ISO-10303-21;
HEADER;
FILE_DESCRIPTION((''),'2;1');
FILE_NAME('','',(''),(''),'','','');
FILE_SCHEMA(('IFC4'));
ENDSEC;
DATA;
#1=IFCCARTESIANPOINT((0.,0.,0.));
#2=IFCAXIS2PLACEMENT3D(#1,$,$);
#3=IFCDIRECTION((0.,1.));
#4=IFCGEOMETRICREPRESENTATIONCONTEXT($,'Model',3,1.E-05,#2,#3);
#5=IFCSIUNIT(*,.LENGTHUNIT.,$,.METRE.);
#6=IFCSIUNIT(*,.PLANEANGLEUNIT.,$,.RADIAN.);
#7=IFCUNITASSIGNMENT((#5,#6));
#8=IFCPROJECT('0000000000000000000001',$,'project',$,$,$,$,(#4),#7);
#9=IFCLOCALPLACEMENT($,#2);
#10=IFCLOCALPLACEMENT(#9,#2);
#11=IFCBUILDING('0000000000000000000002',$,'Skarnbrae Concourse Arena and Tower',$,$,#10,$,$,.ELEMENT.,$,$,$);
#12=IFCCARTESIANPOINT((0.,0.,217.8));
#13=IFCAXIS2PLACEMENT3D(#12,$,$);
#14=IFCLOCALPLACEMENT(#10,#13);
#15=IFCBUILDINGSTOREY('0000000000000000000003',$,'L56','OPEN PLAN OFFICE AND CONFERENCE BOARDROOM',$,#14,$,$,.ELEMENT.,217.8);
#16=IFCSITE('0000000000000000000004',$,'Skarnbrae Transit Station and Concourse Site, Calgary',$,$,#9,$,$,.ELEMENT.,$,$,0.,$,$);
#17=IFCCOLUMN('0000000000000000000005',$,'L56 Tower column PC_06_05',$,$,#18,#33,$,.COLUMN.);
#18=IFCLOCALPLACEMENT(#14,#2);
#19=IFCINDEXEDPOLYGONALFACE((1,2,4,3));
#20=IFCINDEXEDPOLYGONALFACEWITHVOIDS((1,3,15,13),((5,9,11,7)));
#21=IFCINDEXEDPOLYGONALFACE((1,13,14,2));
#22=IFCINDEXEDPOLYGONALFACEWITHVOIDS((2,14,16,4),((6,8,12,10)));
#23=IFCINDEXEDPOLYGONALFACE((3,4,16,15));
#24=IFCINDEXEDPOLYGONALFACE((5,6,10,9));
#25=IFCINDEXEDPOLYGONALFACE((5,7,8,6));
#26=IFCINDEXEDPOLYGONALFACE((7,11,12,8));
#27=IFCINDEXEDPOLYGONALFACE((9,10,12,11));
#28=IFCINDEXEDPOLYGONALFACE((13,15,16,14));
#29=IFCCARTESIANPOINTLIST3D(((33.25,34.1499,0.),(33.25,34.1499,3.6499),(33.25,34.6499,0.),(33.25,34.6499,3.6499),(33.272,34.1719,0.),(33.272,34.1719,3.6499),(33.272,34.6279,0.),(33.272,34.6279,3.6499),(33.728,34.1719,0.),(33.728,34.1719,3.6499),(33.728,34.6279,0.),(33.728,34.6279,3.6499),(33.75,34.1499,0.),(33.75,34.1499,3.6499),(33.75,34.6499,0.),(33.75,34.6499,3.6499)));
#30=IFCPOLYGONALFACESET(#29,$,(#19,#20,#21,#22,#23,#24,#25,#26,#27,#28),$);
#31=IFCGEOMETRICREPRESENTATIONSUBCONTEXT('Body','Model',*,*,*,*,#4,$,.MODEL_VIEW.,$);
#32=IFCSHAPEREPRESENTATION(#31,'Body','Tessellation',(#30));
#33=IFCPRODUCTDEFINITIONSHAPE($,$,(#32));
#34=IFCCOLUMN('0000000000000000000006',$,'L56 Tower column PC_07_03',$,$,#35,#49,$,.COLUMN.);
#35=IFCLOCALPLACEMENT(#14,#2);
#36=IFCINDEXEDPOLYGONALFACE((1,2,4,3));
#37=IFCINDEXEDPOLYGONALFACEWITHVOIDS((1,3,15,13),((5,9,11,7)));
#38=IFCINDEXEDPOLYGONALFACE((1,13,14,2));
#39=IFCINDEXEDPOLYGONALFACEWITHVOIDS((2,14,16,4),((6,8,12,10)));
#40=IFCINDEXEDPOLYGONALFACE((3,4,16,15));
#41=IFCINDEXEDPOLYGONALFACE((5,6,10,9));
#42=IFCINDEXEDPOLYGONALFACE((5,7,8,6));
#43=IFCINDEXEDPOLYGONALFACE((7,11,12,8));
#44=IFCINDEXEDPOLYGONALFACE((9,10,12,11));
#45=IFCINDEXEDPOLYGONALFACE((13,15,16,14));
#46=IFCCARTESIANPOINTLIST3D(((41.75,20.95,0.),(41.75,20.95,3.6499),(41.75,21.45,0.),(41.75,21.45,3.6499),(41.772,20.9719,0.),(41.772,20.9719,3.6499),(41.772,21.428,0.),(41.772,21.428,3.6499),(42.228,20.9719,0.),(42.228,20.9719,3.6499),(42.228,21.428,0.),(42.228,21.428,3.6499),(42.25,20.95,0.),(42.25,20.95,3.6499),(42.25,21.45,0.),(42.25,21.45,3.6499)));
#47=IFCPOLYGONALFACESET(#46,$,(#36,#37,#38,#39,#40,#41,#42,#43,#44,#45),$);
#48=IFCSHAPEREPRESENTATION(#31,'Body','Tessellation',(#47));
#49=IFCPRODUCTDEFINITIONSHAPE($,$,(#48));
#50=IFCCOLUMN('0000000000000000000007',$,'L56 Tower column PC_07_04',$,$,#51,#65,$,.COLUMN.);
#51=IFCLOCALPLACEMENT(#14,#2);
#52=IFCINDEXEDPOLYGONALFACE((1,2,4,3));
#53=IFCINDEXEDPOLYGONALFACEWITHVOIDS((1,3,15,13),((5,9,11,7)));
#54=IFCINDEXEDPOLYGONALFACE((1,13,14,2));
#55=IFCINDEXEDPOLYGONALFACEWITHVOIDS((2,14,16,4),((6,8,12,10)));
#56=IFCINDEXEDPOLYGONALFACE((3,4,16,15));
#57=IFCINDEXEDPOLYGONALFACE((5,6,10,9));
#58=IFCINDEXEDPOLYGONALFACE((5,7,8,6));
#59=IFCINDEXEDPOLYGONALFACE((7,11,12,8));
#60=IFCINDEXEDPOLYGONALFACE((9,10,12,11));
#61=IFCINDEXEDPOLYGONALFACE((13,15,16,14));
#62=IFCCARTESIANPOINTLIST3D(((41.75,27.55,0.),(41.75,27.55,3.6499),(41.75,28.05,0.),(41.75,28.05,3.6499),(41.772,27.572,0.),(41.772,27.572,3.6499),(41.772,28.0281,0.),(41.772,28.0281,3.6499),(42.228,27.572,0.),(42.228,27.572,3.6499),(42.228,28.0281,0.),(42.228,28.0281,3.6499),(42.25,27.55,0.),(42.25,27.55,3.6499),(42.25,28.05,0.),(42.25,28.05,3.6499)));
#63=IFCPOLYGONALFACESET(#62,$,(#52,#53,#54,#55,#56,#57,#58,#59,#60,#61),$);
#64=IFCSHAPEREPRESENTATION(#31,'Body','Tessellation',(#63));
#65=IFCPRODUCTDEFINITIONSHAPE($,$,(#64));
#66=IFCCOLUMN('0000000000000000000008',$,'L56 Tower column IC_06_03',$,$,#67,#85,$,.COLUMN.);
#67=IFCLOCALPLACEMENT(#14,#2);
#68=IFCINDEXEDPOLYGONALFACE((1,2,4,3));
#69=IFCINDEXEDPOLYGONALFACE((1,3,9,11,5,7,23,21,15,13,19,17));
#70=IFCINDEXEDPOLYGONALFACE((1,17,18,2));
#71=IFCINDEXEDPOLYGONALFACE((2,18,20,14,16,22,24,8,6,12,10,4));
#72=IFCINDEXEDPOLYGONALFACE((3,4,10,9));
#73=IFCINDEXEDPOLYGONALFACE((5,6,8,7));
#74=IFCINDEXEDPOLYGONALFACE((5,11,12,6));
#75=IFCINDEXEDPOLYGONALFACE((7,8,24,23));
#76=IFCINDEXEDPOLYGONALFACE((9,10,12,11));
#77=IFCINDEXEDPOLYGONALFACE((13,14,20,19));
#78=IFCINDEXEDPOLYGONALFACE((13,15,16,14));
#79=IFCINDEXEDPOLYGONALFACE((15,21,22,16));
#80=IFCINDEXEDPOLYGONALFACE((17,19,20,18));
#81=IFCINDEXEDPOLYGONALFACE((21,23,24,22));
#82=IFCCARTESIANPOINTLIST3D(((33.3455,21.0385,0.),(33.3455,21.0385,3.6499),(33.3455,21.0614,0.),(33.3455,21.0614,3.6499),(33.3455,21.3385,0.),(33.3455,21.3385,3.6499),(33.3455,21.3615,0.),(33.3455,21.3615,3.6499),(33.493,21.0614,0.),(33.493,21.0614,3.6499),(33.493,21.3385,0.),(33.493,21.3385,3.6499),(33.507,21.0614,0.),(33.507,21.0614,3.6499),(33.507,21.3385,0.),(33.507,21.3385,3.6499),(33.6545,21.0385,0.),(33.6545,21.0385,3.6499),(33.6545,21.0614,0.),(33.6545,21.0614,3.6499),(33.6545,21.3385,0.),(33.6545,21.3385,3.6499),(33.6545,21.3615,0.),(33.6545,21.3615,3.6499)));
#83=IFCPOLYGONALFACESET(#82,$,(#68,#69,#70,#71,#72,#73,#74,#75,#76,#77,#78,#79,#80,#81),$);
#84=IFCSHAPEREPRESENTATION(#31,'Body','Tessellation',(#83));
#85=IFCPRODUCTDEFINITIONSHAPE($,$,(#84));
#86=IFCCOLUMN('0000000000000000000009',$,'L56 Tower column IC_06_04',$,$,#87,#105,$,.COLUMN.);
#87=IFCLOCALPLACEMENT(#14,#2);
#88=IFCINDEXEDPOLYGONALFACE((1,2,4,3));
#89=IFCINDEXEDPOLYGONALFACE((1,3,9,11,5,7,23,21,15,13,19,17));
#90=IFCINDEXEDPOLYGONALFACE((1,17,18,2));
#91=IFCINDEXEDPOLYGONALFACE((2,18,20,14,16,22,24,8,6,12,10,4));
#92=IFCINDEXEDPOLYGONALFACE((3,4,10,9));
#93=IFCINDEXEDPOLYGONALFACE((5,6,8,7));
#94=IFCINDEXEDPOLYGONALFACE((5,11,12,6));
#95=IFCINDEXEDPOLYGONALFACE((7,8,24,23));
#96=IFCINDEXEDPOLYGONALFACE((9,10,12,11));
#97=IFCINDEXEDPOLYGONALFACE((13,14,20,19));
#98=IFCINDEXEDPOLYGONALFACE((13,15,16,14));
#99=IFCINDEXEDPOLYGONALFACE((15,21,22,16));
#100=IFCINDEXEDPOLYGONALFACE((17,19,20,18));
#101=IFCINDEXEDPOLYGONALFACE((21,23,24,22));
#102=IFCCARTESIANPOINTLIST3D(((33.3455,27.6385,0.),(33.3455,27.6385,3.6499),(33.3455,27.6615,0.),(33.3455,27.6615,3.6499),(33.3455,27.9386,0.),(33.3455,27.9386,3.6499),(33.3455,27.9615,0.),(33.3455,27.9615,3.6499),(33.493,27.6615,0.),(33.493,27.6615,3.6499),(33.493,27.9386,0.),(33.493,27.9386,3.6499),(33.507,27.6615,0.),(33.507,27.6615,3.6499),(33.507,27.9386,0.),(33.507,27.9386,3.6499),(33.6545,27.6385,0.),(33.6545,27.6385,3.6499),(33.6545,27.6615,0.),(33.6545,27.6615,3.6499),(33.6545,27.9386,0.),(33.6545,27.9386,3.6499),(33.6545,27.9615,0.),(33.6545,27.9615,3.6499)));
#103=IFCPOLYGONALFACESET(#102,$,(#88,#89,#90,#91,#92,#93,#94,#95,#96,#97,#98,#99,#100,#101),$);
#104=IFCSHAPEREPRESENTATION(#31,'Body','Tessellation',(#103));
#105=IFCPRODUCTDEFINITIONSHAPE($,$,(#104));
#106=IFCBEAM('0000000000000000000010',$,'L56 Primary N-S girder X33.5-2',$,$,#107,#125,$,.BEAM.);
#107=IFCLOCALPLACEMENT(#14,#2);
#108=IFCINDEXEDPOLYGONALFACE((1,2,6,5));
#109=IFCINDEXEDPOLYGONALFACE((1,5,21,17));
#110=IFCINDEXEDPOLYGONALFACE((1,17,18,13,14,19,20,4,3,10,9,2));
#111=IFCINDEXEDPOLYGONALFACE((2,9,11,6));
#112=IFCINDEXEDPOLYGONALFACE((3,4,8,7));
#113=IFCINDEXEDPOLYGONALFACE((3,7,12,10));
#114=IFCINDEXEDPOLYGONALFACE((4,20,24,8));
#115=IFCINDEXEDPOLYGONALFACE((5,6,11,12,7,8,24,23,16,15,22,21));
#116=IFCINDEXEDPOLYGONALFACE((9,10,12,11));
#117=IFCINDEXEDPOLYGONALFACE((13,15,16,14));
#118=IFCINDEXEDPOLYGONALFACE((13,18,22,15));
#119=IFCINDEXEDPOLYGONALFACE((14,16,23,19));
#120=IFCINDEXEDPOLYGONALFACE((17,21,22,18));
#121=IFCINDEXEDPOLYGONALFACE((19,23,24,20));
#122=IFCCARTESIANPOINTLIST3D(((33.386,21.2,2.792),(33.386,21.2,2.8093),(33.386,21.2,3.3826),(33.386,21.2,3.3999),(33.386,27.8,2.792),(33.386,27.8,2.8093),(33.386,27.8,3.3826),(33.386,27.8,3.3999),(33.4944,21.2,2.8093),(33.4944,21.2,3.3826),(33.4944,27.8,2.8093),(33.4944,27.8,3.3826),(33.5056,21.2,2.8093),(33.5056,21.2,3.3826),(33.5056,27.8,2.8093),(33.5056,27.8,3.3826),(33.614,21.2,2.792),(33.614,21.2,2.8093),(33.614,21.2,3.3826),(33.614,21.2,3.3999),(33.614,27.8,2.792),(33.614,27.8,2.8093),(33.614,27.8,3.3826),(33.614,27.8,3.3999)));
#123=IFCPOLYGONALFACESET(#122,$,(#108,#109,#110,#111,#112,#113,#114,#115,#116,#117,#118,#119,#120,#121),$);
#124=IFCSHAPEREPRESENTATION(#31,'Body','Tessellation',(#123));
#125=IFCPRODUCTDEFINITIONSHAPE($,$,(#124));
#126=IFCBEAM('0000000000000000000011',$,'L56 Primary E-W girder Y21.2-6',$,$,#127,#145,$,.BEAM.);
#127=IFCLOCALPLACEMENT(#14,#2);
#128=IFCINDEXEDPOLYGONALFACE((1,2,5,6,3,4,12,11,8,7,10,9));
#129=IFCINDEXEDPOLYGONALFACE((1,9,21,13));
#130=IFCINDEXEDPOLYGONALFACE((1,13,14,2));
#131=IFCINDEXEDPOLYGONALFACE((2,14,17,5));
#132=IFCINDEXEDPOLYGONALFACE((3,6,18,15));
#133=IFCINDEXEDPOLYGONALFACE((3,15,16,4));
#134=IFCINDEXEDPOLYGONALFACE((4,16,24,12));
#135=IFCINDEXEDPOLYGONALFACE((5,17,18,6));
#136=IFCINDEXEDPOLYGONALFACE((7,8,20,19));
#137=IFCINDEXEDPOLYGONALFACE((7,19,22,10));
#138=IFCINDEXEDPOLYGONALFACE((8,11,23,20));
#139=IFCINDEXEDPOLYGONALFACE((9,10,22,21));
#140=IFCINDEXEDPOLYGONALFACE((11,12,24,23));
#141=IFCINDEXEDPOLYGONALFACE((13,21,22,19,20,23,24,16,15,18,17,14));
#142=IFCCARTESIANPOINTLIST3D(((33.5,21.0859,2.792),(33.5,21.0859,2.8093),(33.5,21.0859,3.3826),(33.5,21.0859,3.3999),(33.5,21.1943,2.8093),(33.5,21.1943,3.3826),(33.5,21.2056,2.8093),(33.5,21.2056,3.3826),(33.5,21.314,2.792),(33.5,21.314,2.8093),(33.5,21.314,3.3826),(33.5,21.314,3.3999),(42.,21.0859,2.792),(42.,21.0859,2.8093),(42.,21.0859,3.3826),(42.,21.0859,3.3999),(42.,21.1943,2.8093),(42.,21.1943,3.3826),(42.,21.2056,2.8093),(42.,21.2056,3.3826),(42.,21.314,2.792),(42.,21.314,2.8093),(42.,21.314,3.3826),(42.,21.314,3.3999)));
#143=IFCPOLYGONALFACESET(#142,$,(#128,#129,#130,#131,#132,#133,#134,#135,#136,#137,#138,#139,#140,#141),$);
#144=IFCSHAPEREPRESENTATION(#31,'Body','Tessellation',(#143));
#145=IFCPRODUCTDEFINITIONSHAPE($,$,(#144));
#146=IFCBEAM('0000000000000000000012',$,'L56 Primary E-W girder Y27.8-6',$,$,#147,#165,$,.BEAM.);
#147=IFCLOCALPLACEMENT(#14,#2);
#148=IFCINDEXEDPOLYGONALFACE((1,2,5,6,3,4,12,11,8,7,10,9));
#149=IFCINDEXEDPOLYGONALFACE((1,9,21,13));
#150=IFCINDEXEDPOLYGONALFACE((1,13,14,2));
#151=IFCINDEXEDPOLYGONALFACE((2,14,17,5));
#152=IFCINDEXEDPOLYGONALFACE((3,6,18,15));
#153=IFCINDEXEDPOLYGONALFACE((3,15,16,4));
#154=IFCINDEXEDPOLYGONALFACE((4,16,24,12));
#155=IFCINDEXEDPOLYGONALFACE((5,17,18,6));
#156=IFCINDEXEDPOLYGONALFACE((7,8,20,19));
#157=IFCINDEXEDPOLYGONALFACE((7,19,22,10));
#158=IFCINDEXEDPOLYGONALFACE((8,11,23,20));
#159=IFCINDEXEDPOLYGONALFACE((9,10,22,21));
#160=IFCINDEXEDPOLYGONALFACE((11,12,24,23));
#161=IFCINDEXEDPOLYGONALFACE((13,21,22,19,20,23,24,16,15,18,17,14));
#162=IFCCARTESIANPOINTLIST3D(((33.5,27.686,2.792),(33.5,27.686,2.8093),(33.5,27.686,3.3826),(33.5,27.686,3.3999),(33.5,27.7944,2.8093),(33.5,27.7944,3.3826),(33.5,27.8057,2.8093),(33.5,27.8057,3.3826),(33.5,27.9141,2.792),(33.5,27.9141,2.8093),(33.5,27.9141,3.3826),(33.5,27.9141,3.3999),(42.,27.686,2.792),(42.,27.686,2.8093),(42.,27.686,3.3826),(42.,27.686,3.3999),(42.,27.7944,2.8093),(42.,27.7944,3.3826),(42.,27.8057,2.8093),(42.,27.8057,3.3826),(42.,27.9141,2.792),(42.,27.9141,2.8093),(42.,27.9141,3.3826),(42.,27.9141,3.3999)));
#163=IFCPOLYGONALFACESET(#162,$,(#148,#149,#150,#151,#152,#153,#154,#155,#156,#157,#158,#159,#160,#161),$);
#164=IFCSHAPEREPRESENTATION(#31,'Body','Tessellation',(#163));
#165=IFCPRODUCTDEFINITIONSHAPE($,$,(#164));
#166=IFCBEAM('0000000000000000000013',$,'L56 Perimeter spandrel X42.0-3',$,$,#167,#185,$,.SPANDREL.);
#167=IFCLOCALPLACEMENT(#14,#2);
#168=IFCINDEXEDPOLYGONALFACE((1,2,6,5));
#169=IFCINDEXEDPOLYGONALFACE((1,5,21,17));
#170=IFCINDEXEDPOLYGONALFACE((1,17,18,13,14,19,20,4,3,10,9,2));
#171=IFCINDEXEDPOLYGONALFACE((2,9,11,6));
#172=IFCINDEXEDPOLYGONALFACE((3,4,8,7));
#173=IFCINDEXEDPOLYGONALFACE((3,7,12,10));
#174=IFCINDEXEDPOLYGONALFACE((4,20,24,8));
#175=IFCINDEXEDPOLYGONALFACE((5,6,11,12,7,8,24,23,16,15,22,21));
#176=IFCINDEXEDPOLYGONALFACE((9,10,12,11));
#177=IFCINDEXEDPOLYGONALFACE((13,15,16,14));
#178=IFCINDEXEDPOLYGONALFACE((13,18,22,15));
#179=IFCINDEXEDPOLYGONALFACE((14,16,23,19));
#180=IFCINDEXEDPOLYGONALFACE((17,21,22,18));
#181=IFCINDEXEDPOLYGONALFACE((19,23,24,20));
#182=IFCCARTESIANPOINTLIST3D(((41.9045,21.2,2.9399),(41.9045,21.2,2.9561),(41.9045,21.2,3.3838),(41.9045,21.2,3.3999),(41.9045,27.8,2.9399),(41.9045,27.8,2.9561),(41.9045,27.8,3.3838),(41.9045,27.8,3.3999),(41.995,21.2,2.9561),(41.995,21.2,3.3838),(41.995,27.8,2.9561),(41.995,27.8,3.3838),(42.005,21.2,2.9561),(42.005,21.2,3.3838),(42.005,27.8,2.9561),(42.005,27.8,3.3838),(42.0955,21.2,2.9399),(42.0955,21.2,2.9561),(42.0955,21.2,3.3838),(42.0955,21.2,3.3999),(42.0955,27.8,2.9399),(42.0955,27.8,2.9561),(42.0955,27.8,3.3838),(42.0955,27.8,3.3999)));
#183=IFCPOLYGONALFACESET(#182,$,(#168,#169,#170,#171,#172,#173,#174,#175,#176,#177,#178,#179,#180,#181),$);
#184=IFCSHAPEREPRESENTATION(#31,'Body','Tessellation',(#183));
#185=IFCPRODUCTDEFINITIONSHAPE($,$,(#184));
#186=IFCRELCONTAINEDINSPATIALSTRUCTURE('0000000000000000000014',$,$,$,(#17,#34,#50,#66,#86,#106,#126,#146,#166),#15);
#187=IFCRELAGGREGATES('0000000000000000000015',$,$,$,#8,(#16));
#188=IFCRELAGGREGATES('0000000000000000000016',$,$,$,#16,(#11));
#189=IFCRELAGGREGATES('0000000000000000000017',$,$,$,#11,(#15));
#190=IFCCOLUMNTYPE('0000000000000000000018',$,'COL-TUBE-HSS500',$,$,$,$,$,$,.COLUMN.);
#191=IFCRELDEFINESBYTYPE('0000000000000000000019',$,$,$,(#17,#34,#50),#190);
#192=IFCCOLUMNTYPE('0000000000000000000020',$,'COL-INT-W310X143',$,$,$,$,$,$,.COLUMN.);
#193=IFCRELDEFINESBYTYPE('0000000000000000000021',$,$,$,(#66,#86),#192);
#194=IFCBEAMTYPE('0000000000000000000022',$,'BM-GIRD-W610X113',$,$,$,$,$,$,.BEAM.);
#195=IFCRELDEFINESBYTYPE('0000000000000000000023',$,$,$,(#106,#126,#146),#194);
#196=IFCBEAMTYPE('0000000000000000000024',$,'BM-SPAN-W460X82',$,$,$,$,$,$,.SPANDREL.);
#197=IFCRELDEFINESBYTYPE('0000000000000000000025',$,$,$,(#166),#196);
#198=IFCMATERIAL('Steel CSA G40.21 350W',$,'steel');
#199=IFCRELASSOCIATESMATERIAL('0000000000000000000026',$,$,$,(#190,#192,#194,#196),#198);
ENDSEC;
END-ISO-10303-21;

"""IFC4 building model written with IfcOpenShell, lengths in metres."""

from ifc_helpers import new_model, si_unit, direction, frame, origin, origin_2d, place, context, subcontext, project, spatial, hollow_rectangle, i_section, extrude, source, transform, mapped, material, material_profile, profile_set, type_object, element, save


model = new_model("IFC4")

# Units and contexts
model_context = context("Model", 3, precision=1e-05, world=origin(), true_north=direction((0.0, 1.0)))
body_context = subcontext(model_context, "Body", "Model", "MODEL_VIEW")
ifc_project = project(units=[si_unit("LENGTHUNIT", "METRE"), si_unit("PLANEANGLEUNIT", "RADIAN")], contexts=[model_context])

# Site, building, storey
site_placement = place(None, origin())
site = spatial("IfcSite", under=ifc_project, at=site_placement, Name="Skarnbrae Transit Station and Concourse Site, Calgary", CompositionType="ELEMENT", RefElevation=0.0)
building_placement = place(site_placement, origin())
building = spatial("IfcBuilding", under=site, at=building_placement, Name="Skarnbrae Concourse Arena and Tower", CompositionType="ELEMENT")
storey_placement = place(building_placement, frame((0.0, 0.0, 217.8)))
storey = spatial("IfcBuildingStorey", under=building, at=storey_placement, Name="L56", Description="OPEN PLAN OFFICE AND CONFERENCE BOARDROOM", CompositionType="ELEMENT", Elevation=217.8)

# Columns
ifc_material_1 = material(Name="Steel CSA G40.21 350W", Category="steel")
ifc_material_profile_1 = material_profile(ifc_material_1, hollow_rectangle(XDim=0.5, YDim=0.5, WallThickness=0.022, at=origin_2d()), Name="HSS500X500X22.0")
ifc_profile_set_1 = profile_set([ifc_material_profile_1], Name="Steel CSA G40.21 350W")
column_type_1 = type_object("IfcColumnType", Name="COL-TUBE-HSS500", PredefinedType="COLUMN", material=ifc_profile_set_1)
shared_shape_1 = source(origin(), body_context, "Body", "SweptSolid", [
    extrude(hollow_rectangle(XDim=0.5, YDim=0.5, WallThickness=0.022, at=origin_2d()), origin(), (0.0, 0.0, 1.0), 3.6499),
])
for number, where, z_axis, x_axis, name in (
    (1, (33.5, 34.3999, 0.0), (0.0, 0.0, 1.0), (1.0, 0.0, 0.0), "L56 Tower column PC_06_05"),
    (2, (42.0, 21.2, 0.0), (0.0, 0.0, 1.0), (1.0, 0.0, 0.0), "L56 Tower column PC_07_03"),
    (3, (42.0, 27.8, 0.0), (0.0, 0.0, 1.0), (1.0, 0.0, 0.0), "L56 Tower column PC_07_04"),
):
    element("IfcColumn", number, at=place(storey_placement, frame(where, z_axis=z_axis, x_axis=x_axis)), inside=storey, type_object=column_type_1, Name=name, PredefinedType="COLUMN", context=body_context, shape_type="MappedRepresentation", body=[
        mapped(shared_shape_1, transform((0.0, 0.0, 0.0))),
    ])
ifc_material_profile_2 = material_profile(ifc_material_1, i_section(OverallWidth=0.3091, OverallDepth=0.323, WebThickness=0.0139, FlangeThickness=0.0229, at=origin_2d()), Name="W310X143")
ifc_profile_set_2 = profile_set([ifc_material_profile_2], Name="Steel CSA G40.21 350W")
column_type_2 = type_object("IfcColumnType", Name="COL-INT-W310X143", PredefinedType="COLUMN", material=ifc_profile_set_2)
shared_shape_2 = source(origin(), body_context, "Body", "SweptSolid", [
    extrude(i_section(OverallWidth=0.3091, OverallDepth=0.323, WebThickness=0.0139, FlangeThickness=0.0229, at=origin_2d()), origin(), (0.0, 0.0, 1.0), 3.6499),
])
for number, where, z_axis, x_axis, name in (
    (4, (33.5, 21.2, 0.0), (0.0, 0.0, 1.0), (1.0, 0.0, 0.0), "L56 Tower column IC_06_03"),
    (5, (33.5, 27.8, 0.0), (0.0, 0.0, 1.0), (1.0, 0.0, 0.0), "L56 Tower column IC_06_04"),
):
    element("IfcColumn", number, at=place(storey_placement, frame(where, z_axis=z_axis, x_axis=x_axis)), inside=storey, type_object=column_type_2, Name=name, PredefinedType="COLUMN", context=body_context, shape_type="MappedRepresentation", body=[
        mapped(shared_shape_2, transform((0.0, 0.0, 0.0))),
    ])

# Beams
ifc_material_profile_3 = material_profile(ifc_material_1, i_section(OverallWidth=0.228, OverallDepth=0.6079, WebThickness=0.0112, FlangeThickness=0.0173, at=origin_2d()), Name="W610X113")
ifc_profile_set_3 = profile_set([ifc_material_profile_3], Name="Steel CSA G40.21 350W")
beam_type_1 = type_object("IfcBeamType", Name="BM-GIRD-W610X113", PredefinedType="BEAM", material=ifc_profile_set_3)
shared_shape_3 = source(origin(), body_context, "Body", "SweptSolid", [
    extrude(i_section(OverallWidth=0.228, OverallDepth=0.6079, WebThickness=0.0112, FlangeThickness=0.0173, at=origin_2d()), origin(), (0.0, 0.0, 1.0), 6.6001),
])
beam_1_placement = place(storey_placement, frame((33.5, 21.2, 3.0959), z_axis=(0.0, 1.0, 0.0), x_axis=(-1.0, 0.0, 0.0)))
element("IfcBeam", 6, at=beam_1_placement, inside=storey, type_object=beam_type_1, Name="L56 Primary N-S girder X33.5-2", PredefinedType="BEAM", context=body_context, shape_type="MappedRepresentation", body=[
    mapped(shared_shape_3, transform((0.0, 0.0, 0.0))),
])
shared_shape_4 = source(origin(), body_context, "Body", "SweptSolid", [
    extrude(i_section(OverallWidth=0.228, OverallDepth=0.6079, WebThickness=0.0112, FlangeThickness=0.0173, at=origin_2d()), origin(), (0.0, 0.0, 1.0), 8.5),
])
for number, where, z_axis, x_axis, name in (
    (7, (33.5, 21.2, 3.0959), (1.0, 0.0, 0.0), (0.0, 1.0, 0.0), "L56 Primary E-W girder Y21.2-6"),
    (8, (33.5, 27.8, 3.0959), (1.0, 0.0, 0.0), (0.0, 1.0, 0.0), "L56 Primary E-W girder Y27.8-6"),
):
    element("IfcBeam", number, at=place(storey_placement, frame(where, z_axis=z_axis, x_axis=x_axis)), inside=storey, type_object=beam_type_1, Name=name, PredefinedType="BEAM", context=body_context, shape_type="MappedRepresentation", body=[
        mapped(shared_shape_4, transform((0.0, 0.0, 0.0))),
    ])
ifc_material_profile_4 = material_profile(ifc_material_1, i_section(OverallWidth=0.1909, OverallDepth=0.46, WebThickness=0.01, FlangeThickness=0.0161, at=origin_2d()), Name="W460X82")
ifc_profile_set_4 = profile_set([ifc_material_profile_4], Name="Steel CSA G40.21 350W")
beam_type_2 = type_object("IfcBeamType", Name="BM-SPAN-W460X82", PredefinedType="SPANDREL", material=ifc_profile_set_4)
shared_shape_5 = source(origin(), body_context, "Body", "SweptSolid", [
    extrude(i_section(OverallWidth=0.1909, OverallDepth=0.46, WebThickness=0.01, FlangeThickness=0.0161, at=origin_2d()), origin(), (0.0, 0.0, 1.0), 6.6001),
])
beam_2_placement = place(storey_placement, frame((42.0, 21.2, 3.1699), z_axis=(0.0, 1.0, 0.0), x_axis=(-1.0, 0.0, 0.0)))
element("IfcBeam", 9, at=beam_2_placement, inside=storey, type_object=beam_type_2, Name="L56 Perimeter spandrel X42.0-3", PredefinedType="SPANDREL", context=body_context, shape_type="MappedRepresentation", body=[
    mapped(shared_shape_5, transform((0.0, 0.0, 0.0))),
])

save(model, "model.ifc")
